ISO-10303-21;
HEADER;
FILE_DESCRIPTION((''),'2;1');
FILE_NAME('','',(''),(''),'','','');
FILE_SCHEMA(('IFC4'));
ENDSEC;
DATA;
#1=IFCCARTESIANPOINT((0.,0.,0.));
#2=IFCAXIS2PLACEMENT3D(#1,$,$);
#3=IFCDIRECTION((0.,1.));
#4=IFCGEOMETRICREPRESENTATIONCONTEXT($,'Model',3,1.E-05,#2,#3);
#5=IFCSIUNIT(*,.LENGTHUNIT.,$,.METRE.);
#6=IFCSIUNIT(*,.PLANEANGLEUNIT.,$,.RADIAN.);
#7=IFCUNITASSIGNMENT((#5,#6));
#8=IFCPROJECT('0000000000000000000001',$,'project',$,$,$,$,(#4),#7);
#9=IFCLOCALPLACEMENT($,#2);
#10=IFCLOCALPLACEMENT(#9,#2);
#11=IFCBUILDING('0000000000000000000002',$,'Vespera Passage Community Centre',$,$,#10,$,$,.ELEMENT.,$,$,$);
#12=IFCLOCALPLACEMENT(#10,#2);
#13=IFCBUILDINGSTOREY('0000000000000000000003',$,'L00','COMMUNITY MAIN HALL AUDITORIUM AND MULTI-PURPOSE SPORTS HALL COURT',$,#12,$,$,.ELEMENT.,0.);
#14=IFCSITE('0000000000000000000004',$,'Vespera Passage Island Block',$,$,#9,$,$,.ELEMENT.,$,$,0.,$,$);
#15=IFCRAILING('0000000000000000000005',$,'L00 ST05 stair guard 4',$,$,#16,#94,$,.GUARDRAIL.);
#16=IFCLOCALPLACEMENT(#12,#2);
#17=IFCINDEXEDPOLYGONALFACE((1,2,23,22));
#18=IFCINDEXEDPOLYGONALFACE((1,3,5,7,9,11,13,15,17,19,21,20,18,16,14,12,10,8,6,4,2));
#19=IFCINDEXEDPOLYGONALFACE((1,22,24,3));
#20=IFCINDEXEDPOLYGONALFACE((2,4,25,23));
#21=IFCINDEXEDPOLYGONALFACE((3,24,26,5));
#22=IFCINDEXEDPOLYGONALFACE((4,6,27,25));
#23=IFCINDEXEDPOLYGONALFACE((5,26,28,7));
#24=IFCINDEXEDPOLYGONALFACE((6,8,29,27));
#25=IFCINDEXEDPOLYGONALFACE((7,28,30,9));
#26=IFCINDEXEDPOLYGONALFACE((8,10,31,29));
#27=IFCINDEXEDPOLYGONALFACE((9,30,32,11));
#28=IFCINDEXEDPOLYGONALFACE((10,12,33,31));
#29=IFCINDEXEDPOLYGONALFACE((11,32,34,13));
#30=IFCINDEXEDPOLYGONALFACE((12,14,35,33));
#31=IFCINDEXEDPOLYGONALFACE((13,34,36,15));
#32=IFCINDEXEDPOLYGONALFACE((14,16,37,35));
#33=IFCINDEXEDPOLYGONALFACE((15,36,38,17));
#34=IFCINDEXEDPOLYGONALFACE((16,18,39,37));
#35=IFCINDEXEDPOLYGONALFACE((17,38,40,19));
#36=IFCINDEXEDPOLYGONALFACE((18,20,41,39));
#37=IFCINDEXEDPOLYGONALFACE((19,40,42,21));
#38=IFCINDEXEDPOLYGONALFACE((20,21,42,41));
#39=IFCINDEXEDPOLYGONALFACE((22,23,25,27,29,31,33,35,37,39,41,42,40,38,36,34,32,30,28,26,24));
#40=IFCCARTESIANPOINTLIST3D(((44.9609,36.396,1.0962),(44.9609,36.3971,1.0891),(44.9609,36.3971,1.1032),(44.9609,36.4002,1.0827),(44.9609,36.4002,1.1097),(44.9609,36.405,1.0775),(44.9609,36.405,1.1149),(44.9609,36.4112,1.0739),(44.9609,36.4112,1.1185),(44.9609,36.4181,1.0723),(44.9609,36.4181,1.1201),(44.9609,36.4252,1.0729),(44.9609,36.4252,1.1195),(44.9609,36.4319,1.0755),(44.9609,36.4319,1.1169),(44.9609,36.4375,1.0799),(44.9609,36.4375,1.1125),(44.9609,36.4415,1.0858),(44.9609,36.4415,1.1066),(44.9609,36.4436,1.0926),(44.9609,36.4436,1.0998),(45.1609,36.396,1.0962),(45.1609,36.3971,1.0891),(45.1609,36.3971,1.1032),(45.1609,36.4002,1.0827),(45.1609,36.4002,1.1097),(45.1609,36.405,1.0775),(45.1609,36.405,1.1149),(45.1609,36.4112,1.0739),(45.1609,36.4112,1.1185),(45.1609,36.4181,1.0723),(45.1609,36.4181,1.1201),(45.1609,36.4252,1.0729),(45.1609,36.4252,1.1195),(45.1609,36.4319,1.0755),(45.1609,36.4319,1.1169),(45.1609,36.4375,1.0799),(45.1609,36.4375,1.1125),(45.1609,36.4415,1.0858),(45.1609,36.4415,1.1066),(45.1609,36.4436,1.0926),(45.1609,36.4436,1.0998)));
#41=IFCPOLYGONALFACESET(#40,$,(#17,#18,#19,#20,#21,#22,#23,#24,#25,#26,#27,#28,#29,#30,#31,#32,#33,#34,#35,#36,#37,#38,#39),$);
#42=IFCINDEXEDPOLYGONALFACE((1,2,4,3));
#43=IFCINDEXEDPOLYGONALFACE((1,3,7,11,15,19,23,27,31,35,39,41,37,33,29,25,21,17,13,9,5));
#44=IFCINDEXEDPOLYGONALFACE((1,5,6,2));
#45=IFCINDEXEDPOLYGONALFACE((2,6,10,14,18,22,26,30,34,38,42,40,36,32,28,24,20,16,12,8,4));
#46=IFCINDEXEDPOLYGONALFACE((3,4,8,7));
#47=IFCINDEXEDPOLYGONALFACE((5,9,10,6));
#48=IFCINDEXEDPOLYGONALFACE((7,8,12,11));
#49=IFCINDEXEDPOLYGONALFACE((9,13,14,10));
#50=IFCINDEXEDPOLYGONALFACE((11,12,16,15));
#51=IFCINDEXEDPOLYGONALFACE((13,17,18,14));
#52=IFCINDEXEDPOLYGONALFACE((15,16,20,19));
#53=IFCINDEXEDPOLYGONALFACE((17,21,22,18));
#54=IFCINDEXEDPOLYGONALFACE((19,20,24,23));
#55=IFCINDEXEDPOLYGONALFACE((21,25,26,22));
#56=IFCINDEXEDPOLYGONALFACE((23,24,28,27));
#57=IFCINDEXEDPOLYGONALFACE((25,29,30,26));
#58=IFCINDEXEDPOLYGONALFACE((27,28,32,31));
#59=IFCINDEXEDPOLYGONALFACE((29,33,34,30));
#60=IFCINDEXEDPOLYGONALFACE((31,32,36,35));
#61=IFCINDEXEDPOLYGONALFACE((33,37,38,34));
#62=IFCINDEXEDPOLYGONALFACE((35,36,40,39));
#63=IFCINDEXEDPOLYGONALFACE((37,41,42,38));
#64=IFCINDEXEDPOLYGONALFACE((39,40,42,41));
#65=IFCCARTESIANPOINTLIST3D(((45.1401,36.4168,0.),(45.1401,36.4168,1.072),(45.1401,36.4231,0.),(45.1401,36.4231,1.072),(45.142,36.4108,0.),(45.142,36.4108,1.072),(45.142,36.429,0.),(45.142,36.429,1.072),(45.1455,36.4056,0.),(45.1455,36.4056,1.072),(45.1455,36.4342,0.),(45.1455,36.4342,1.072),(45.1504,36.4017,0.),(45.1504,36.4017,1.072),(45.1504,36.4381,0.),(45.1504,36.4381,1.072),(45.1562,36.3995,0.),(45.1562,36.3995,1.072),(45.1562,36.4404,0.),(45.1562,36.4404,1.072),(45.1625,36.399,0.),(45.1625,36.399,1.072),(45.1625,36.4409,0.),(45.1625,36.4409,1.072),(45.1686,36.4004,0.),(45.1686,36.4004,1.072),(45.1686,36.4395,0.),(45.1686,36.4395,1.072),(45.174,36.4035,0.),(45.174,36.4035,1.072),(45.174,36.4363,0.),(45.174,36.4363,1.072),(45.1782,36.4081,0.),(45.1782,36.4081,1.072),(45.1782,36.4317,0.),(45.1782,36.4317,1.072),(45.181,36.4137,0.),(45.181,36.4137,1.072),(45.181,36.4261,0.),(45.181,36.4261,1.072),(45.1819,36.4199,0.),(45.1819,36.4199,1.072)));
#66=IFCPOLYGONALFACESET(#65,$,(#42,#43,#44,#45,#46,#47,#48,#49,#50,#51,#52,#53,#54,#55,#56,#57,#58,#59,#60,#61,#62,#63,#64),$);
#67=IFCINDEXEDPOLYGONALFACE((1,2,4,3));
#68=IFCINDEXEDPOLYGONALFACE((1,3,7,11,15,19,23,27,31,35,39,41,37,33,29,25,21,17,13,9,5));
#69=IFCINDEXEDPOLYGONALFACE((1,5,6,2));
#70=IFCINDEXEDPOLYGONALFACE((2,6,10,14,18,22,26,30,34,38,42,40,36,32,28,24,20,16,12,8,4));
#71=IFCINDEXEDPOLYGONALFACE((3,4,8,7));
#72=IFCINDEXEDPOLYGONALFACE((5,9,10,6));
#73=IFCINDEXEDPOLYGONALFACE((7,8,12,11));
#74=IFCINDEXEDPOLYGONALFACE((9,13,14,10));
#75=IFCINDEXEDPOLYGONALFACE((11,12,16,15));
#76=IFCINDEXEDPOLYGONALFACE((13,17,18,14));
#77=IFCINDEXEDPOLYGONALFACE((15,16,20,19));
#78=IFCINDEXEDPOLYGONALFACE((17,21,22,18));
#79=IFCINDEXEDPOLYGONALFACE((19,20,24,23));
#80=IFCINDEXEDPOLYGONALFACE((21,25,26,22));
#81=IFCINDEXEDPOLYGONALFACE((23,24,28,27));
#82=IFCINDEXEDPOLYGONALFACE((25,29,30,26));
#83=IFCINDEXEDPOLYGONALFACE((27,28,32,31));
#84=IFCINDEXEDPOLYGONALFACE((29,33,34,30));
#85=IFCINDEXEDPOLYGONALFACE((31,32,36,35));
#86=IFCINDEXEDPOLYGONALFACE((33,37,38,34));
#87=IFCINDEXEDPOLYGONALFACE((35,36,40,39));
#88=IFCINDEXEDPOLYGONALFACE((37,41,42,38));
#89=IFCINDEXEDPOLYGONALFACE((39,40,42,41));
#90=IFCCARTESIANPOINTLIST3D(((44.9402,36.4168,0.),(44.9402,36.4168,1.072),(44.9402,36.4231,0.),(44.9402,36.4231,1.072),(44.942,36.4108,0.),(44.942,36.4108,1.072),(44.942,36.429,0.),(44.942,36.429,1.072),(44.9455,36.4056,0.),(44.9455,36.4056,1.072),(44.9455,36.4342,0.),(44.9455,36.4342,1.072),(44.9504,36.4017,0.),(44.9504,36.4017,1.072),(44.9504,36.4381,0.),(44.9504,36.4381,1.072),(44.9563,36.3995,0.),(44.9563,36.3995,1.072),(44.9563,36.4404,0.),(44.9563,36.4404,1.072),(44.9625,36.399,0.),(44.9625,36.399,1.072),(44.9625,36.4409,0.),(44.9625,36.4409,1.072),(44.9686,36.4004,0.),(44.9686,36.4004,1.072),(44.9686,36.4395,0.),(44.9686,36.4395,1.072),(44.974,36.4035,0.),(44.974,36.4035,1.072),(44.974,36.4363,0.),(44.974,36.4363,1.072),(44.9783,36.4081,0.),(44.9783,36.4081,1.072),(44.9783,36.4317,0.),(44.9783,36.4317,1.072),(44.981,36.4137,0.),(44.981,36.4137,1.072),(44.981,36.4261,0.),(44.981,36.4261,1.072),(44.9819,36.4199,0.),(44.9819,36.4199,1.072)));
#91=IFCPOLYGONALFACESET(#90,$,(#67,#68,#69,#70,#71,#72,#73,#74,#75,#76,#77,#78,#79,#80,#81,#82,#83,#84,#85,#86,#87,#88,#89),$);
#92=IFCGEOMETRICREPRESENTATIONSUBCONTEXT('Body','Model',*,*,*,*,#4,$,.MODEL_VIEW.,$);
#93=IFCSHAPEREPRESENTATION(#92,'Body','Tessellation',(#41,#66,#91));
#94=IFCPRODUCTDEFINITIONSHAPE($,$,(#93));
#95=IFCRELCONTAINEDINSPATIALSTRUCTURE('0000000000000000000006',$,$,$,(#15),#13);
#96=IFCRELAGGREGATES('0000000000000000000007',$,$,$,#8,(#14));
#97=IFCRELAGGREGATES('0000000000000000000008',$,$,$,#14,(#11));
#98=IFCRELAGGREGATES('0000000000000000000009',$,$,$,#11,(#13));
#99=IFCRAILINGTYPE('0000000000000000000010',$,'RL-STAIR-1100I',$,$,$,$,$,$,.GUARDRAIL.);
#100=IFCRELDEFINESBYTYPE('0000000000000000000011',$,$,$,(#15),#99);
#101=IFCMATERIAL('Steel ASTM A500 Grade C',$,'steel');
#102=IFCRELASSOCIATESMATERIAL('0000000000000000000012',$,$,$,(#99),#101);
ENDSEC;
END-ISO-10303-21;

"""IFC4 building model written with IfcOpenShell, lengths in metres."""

from ifc_helpers import new_model, si_unit, direction, frame, origin, origin_2d, place, context, subcontext, project, spatial, circle, extrude, material, type_object, element, save


model = new_model("IFC4")

# Units and contexts
model_context = context("Model", 3, precision=1e-05, world=origin(), true_north=direction((0.0, 1.0)))
body_context = subcontext(model_context, "Body", "Model", "MODEL_VIEW")
ifc_project = project(units=[si_unit("LENGTHUNIT", "METRE"), si_unit("PLANEANGLEUNIT", "RADIAN")], contexts=[model_context])

# Site, building, storey
site_placement = place(None, origin())
site = spatial("IfcSite", under=ifc_project, at=site_placement, Name="Vespera Passage Island Block", CompositionType="ELEMENT", RefElevation=0.0)
building_placement = place(site_placement, origin())
building = spatial("IfcBuilding", under=site, at=building_placement, Name="Vespera Passage Community Centre", CompositionType="ELEMENT")
storey_placement = place(building_placement, origin())
storey = spatial("IfcBuildingStorey", under=building, at=storey_placement, Name="L00", Description="COMMUNITY MAIN HALL AUDITORIUM AND MULTI-PURPOSE SPORTS HALL COURT", CompositionType="ELEMENT", Elevation=0.0)

# Railing
ifc_material_1 = material(Name="Steel ASTM A500 Grade C", Category="steel")
railing_type = type_object("IfcRailingType", Name="RL-STAIR-1100I", PredefinedType="GUARDRAIL", material=ifc_material_1)
railing_1_placement = place(storey_placement, frame((45.1609, 36.4199, 0.0)))
element("IfcRailing", 1, at=railing_1_placement, inside=storey, type_object=railing_type, Name="L00 ST05 stair guard 4", PredefinedType="GUARDRAIL", context=body_context, shape_type="SweptSolid", body=[
    extrude(circle(Radius=0.0239, at=origin_2d()), frame((0.0, 0.0, 1.0962), z_axis=(-1.0, 0.0, 0.0), x_axis=(0.0, -1.0, 0.0)), (0.0, 0.0, 1.0), 0.2),
    extrude(circle(Radius=0.021, at=origin_2d()), origin(), (0.0, 0.0, 1.0), 1.072),
    extrude(circle(Radius=0.021, at=origin_2d()), frame((-0.2, 0.0, 0.0)), (0.0, 0.0, 1.0), 1.072),
])

save(model, "model.ifc")
